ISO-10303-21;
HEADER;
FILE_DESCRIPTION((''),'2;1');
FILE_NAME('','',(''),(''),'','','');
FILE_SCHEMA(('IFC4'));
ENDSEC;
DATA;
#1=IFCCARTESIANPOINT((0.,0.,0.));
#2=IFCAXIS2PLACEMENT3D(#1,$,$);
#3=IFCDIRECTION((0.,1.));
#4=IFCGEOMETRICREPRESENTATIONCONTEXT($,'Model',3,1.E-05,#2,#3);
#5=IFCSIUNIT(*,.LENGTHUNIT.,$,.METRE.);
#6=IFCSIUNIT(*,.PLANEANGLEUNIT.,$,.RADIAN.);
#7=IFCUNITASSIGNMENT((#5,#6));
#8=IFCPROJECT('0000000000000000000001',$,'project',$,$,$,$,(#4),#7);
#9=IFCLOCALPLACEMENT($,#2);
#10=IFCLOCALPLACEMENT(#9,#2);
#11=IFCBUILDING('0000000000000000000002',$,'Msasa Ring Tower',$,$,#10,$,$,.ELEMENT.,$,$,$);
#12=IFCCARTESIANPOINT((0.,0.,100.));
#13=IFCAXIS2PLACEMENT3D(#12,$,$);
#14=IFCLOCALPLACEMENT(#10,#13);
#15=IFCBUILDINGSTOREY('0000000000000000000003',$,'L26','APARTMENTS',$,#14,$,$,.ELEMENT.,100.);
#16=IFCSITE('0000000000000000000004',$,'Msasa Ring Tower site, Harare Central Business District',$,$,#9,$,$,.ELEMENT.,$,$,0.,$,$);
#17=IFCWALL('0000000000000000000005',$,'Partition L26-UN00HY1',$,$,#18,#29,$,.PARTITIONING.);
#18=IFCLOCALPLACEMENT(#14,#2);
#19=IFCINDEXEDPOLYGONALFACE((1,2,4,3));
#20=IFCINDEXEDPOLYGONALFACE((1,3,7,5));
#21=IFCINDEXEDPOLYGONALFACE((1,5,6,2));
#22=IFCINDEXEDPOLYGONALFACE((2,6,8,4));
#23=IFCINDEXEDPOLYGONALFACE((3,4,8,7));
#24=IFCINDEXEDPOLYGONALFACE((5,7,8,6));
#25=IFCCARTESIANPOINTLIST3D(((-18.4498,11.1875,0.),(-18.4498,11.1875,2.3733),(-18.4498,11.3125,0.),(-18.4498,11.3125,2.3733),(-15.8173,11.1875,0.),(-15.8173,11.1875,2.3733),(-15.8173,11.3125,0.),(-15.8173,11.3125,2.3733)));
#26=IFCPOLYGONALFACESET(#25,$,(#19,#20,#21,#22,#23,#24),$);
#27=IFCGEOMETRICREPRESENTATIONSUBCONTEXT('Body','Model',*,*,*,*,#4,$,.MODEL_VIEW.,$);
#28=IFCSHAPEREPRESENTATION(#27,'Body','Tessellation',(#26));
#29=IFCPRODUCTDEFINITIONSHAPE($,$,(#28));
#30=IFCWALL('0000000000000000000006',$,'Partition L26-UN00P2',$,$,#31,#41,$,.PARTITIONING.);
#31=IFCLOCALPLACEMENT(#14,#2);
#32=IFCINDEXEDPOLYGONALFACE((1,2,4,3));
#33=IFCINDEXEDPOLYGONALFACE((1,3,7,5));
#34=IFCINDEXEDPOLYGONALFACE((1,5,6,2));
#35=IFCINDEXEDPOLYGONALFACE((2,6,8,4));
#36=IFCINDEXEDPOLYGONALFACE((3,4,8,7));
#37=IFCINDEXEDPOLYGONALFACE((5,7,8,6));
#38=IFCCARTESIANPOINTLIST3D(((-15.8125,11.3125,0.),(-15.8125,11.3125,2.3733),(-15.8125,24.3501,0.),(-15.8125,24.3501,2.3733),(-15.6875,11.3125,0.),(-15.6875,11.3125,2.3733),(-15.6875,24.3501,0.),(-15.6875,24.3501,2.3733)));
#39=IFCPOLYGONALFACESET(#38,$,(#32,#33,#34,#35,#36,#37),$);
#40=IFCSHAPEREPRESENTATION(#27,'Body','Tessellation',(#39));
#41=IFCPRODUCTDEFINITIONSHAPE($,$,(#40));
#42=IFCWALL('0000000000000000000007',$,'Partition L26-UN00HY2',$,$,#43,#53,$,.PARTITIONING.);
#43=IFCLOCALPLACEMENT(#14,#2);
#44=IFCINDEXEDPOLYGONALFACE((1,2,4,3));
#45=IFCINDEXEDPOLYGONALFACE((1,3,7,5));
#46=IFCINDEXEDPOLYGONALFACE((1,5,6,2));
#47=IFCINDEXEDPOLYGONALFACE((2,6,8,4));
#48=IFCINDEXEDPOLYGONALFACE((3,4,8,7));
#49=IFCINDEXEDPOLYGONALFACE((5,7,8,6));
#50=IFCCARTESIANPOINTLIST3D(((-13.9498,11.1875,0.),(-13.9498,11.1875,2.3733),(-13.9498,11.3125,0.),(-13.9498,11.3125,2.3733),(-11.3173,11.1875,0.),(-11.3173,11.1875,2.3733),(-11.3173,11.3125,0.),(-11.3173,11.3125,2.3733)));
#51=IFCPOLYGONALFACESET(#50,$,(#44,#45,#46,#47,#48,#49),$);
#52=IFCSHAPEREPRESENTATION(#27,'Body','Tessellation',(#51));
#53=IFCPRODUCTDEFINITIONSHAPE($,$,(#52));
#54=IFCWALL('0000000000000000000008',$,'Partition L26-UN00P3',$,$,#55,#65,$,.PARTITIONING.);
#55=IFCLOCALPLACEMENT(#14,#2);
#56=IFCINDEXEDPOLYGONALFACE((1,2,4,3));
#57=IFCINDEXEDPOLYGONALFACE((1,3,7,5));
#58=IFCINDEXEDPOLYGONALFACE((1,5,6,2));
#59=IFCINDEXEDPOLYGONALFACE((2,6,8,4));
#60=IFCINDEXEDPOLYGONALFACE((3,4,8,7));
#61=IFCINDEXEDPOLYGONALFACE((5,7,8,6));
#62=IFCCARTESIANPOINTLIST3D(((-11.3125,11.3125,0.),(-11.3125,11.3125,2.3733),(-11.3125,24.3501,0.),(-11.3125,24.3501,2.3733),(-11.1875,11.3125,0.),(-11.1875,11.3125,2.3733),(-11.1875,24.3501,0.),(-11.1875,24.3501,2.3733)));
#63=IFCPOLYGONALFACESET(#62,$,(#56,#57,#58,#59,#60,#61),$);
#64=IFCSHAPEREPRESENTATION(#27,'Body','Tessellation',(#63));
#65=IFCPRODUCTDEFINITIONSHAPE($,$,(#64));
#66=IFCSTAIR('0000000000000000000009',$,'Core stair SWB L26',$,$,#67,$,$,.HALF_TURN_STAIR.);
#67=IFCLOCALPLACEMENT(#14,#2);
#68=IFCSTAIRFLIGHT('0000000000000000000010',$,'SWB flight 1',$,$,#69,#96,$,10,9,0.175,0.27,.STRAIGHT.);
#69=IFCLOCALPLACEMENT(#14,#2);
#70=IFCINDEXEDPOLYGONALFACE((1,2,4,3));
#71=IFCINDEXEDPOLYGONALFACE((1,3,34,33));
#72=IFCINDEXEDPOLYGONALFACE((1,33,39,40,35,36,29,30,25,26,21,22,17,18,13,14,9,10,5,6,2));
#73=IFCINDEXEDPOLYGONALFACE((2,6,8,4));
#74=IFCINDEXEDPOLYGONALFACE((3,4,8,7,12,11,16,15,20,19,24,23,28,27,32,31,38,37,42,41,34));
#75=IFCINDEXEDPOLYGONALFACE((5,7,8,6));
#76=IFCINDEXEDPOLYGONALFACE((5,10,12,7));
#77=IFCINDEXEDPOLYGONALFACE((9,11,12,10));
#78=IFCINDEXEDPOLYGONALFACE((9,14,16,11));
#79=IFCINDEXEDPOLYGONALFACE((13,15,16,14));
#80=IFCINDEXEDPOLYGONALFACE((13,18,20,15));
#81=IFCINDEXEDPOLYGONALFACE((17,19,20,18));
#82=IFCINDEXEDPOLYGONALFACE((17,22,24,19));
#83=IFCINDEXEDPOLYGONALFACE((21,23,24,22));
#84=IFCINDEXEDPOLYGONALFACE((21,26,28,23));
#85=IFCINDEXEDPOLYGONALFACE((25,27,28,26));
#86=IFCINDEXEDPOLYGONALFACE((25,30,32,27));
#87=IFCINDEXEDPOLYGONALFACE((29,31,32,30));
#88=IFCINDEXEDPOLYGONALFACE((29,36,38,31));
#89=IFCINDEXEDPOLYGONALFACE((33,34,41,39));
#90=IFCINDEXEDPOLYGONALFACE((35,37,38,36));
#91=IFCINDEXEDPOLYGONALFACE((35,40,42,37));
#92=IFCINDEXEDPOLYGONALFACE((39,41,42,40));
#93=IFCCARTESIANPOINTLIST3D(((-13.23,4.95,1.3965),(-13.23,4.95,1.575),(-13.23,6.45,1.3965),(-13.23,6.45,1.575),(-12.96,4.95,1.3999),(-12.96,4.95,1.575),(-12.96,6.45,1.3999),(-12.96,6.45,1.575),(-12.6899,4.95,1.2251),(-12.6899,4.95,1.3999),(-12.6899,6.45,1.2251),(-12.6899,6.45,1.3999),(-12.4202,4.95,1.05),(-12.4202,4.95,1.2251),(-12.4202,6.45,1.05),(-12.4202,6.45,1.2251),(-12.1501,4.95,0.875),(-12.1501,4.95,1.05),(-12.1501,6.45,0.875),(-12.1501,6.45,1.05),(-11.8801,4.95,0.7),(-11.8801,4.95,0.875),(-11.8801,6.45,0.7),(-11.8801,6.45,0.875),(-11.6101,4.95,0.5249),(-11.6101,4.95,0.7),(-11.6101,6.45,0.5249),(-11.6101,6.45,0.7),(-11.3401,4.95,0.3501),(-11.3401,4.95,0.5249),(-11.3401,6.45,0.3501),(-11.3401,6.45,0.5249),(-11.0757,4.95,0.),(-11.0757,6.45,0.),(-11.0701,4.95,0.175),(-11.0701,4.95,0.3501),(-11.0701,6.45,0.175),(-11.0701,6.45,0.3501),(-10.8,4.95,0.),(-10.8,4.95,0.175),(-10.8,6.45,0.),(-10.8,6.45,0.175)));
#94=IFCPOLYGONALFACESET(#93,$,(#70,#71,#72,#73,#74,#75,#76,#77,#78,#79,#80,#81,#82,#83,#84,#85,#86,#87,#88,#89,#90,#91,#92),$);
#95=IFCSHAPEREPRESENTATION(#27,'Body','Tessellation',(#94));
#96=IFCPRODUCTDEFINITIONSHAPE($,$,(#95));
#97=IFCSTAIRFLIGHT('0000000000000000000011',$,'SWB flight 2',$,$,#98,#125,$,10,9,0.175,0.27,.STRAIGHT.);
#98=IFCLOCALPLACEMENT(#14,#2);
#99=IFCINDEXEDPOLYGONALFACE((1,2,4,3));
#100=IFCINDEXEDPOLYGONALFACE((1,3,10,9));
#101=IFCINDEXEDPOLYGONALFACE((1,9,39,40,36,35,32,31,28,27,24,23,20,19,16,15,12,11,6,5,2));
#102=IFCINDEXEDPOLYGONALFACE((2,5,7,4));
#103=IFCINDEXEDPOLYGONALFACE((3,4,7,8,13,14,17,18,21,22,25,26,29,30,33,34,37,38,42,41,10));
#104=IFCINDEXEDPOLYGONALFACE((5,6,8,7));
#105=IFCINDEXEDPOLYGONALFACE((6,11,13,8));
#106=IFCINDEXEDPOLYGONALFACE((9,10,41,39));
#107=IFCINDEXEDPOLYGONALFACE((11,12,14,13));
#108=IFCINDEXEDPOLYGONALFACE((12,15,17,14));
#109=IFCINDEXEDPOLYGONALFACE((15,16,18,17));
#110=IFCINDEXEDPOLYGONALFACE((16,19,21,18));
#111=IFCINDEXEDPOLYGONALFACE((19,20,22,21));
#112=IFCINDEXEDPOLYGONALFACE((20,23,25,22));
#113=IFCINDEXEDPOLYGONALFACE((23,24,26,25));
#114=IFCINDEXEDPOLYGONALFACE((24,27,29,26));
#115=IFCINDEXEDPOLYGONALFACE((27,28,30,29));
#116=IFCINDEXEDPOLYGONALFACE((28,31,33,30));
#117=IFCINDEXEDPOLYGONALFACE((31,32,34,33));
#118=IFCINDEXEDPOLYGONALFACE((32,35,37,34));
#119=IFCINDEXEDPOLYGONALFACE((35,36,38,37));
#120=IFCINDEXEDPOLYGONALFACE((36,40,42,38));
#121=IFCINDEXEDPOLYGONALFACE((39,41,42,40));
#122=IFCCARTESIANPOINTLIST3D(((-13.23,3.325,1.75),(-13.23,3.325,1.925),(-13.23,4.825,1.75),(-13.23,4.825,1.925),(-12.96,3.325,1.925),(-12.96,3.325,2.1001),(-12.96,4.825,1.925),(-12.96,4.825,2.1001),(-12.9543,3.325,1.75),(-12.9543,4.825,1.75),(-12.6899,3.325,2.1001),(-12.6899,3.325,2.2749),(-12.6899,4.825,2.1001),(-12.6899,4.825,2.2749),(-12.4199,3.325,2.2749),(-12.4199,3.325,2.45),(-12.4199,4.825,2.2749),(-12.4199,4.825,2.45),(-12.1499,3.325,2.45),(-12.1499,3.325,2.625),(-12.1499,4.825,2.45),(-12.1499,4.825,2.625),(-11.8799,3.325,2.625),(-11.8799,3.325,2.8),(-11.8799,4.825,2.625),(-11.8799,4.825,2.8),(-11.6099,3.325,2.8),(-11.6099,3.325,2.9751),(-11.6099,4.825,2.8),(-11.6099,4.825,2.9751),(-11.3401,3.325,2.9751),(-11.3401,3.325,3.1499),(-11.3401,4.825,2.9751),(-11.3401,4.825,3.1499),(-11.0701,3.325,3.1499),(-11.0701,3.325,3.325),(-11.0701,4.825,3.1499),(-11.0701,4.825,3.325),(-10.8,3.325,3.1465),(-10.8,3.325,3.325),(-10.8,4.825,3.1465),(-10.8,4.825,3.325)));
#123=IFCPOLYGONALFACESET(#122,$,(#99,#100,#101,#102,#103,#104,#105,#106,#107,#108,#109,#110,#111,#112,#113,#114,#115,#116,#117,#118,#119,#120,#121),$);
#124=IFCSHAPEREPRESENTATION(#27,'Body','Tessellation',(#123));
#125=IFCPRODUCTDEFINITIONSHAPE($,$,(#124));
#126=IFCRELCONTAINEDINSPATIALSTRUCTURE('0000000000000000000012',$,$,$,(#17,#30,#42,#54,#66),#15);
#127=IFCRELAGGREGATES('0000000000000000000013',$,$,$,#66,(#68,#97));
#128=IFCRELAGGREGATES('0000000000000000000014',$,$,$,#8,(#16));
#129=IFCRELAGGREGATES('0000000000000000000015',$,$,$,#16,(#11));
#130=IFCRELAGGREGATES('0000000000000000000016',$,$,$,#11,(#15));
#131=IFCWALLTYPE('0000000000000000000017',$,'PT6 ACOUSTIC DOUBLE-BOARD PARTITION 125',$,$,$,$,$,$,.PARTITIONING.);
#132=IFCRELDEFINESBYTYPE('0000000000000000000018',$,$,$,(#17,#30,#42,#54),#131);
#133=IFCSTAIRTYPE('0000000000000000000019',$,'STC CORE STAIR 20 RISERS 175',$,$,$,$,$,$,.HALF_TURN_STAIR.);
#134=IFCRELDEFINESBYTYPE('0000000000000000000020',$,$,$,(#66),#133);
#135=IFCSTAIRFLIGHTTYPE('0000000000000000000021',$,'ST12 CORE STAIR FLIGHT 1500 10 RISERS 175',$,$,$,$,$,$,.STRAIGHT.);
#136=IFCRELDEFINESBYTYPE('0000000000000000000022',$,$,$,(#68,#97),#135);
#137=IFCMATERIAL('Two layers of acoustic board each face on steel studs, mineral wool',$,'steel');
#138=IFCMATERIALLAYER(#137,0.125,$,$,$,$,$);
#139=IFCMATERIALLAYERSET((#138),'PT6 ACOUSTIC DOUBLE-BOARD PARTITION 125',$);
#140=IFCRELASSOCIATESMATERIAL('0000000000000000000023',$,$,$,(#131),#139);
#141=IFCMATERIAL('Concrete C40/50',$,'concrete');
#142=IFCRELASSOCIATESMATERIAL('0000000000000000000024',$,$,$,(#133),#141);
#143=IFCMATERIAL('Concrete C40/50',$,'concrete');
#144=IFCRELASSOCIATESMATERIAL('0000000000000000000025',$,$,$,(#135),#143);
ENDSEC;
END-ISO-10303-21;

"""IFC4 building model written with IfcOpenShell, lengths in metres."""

from ifc_helpers import new_model, si_unit, direction, frame, frame_2d, origin, place, context, subcontext, project, spatial, polyline, rectangle, outline, extrude, material, layer, layer_set, type_object, element, aggregate, save


model = new_model("IFC4")

# Units and contexts
model_context = context("Model", 3, precision=1e-05, world=origin(), true_north=direction((0.0, 1.0)))
body_context = subcontext(model_context, "Body", "Model", "MODEL_VIEW")
ifc_project = project(units=[si_unit("LENGTHUNIT", "METRE"), si_unit("PLANEANGLEUNIT", "RADIAN")], contexts=[model_context])

# Site, building, storey
site_placement = place(None, origin())
site = spatial("IfcSite", under=ifc_project, at=site_placement, Name="Msasa Ring Tower site, Harare Central Business District", CompositionType="ELEMENT", RefElevation=0.0)
building_placement = place(site_placement, origin())
building = spatial("IfcBuilding", under=site, at=building_placement, Name="Msasa Ring Tower", CompositionType="ELEMENT")
storey_placement = place(building_placement, frame((0.0, 0.0, 100.0)))
storey = spatial("IfcBuildingStorey", under=building, at=storey_placement, Name="L26", Description="APARTMENTS", CompositionType="ELEMENT", Elevation=100.0)

# Walls
ifc_material_1 = material(Name="Two layers of acoustic board each face on steel studs, mineral wool", Category="steel")
ifc_layer_1 = layer(ifc_material_1, 0.125)
ifc_layer_set_1 = layer_set([ifc_layer_1], Name="PT6 ACOUSTIC DOUBLE-BOARD PARTITION 125")
wall_type_1 = type_object("IfcWallType", Name="PT6 ACOUSTIC DOUBLE-BOARD PARTITION 125", PredefinedType="PARTITIONING", material=ifc_layer_set_1)
wall_1_placement = place(storey_placement, frame((-18.45, 11.25, 0.0), z_axis=(0.0, 0.0, 1.0), x_axis=(1.0, 0.0, 0.0)))
element("IfcWall", 1, at=wall_1_placement, inside=storey, type_object=wall_type_1, Name="Partition L26-UN00HY1", PredefinedType="PARTITIONING", context=body_context, shape_type="SweptSolid", body=[
    extrude(rectangle(XDim=2.6326, YDim=0.125, at=frame_2d((1.3164, 0.0))), origin(), (0.0, 0.0, 1.0), 2.3733),
])
wall_2_placement = place(storey_placement, frame((-15.75, 11.3125, 0.0), z_axis=(0.0, 0.0, 1.0), x_axis=(0.0, 1.0, 0.0)))
element("IfcWall", 2, at=wall_2_placement, inside=storey, type_object=wall_type_1, Name="Partition L26-UN00P2", PredefinedType="PARTITIONING", context=body_context, shape_type="SweptSolid", body=[
    extrude(rectangle(XDim=13.0376, YDim=0.125, at=frame_2d((6.5188, 0.0))), origin(), (0.0, 0.0, 1.0), 2.3733),
])
wall_3_placement = place(storey_placement, frame((-13.95, 11.25, 0.0), z_axis=(0.0, 0.0, 1.0), x_axis=(1.0, 0.0, 0.0)))
element("IfcWall", 3, at=wall_3_placement, inside=storey, type_object=wall_type_1, Name="Partition L26-UN00HY2", PredefinedType="PARTITIONING", context=body_context, shape_type="SweptSolid", body=[
    extrude(rectangle(XDim=2.6326, YDim=0.125, at=frame_2d((1.3164, 0.0))), origin(), (0.0, 0.0, 1.0), 2.3733),
])
wall_4_placement = place(storey_placement, frame((-11.25, 11.3125, 0.0), z_axis=(0.0, 0.0, 1.0), x_axis=(0.0, 1.0, 0.0)))
element("IfcWall", 4, at=wall_4_placement, inside=storey, type_object=wall_type_1, Name="Partition L26-UN00P3", PredefinedType="PARTITIONING", context=body_context, shape_type="SweptSolid", body=[
    extrude(rectangle(XDim=13.0376, YDim=0.125, at=frame_2d((6.5188, 0.0))), origin(), (0.0, 0.0, 1.0), 2.3733),
])

# Stair, stair flights
ifc_material_2 = material(Name="Concrete C40/50", Category="concrete")
stair_type = type_object("IfcStairType", Name="STC CORE STAIR 20 RISERS 175", PredefinedType="HALF_TURN_STAIR", material=ifc_material_2)
stair_placement = place(storey_placement, origin())
stair = element("IfcStair", 5, at=stair_placement, inside=storey, type_object=stair_type, Name="Core stair SWB L26", PredefinedType="HALF_TURN_STAIR")
ifc_material_3 = material(Name="Concrete C40/50", Category="concrete")
stair_flight_type = type_object("IfcStairFlightType", Name="ST12 CORE STAIR FLIGHT 1500 10 RISERS 175", PredefinedType="STRAIGHT", material=ifc_material_3)
stair_flight_1_placement = place(storey_placement, frame((-10.8, 5.7, 0.0), z_axis=(0.0, 0.0, 1.0), x_axis=(-1.0, 0.0, 0.0)))
stair_flight_1 = element("IfcStairFlight", 6, at=stair_flight_1_placement, type_object=stair_flight_type, Name="SWB flight 1", NumberOfRisers=10, NumberOfTreads=9, PredefinedType="STRAIGHT", RiserHeight=0.175, TreadLength=0.27, context=body_context, shape_type="SweptSolid", body=[
    extrude(outline(polyline([(0.0, 0.0), (0.0, 0.175), (0.27, 0.175), (0.27, 0.3501), (0.54, 0.3501), (0.54, 0.5249), (0.8101, 0.5249), (0.8101, 0.7), (1.0801, 0.7), (1.0801, 0.875), (1.3501, 0.875), (1.3501, 1.05), (1.6201, 1.05), (1.6201, 1.2251), (1.8899, 1.2251), (1.8899, 1.3999), (2.1599, 1.3999), (2.1599, 1.575), (2.4299, 1.575), (2.4299, 1.75), (2.4299, 1.3965), (0.2756, 0.0), (0.0, 0.0)])), frame((0.0, 0.75, 0.0), z_axis=(0.0, -1.0, 0.0), x_axis=(1.0, 0.0, 0.0)), (0.0, 0.0, 1.0), 1.5),
])
stair_flight_2_placement = place(storey_placement, frame((-13.23, 4.075, 1.75), z_axis=(0.0, 0.0, 1.0), x_axis=(1.0, 0.0, 0.0)))
stair_flight_2 = element("IfcStairFlight", 7, at=stair_flight_2_placement, type_object=stair_flight_type, Name="SWB flight 2", NumberOfRisers=10, NumberOfTreads=9, PredefinedType="STRAIGHT", RiserHeight=0.175, TreadLength=0.27, context=body_context, shape_type="SweptSolid", body=[
    extrude(outline(polyline([(0.0, 0.0), (0.0, 0.175), (0.27, 0.175), (0.27, 0.3501), (0.54, 0.3501), (0.54, 0.5249), (0.8101, 0.5249), (0.8101, 0.7), (1.0801, 0.7), (1.0801, 0.875), (1.3501, 0.875), (1.3501, 1.05), (1.6201, 1.05), (1.6201, 1.2251), (1.8899, 1.2251), (1.8899, 1.3999), (2.1599, 1.3999), (2.1599, 1.575), (2.4299, 1.575), (2.4299, 1.75), (2.4299, 1.3965), (0.2756, 0.0), (0.0, 0.0)])), frame((0.0, 0.75, 0.0), z_axis=(0.0, -1.0, 0.0), x_axis=(1.0, 0.0, 0.0)), (0.0, 0.0, 1.0), 1.5),
])
aggregate(stair, [stair_flight_1, stair_flight_2])

save(model, "model.ifc")
